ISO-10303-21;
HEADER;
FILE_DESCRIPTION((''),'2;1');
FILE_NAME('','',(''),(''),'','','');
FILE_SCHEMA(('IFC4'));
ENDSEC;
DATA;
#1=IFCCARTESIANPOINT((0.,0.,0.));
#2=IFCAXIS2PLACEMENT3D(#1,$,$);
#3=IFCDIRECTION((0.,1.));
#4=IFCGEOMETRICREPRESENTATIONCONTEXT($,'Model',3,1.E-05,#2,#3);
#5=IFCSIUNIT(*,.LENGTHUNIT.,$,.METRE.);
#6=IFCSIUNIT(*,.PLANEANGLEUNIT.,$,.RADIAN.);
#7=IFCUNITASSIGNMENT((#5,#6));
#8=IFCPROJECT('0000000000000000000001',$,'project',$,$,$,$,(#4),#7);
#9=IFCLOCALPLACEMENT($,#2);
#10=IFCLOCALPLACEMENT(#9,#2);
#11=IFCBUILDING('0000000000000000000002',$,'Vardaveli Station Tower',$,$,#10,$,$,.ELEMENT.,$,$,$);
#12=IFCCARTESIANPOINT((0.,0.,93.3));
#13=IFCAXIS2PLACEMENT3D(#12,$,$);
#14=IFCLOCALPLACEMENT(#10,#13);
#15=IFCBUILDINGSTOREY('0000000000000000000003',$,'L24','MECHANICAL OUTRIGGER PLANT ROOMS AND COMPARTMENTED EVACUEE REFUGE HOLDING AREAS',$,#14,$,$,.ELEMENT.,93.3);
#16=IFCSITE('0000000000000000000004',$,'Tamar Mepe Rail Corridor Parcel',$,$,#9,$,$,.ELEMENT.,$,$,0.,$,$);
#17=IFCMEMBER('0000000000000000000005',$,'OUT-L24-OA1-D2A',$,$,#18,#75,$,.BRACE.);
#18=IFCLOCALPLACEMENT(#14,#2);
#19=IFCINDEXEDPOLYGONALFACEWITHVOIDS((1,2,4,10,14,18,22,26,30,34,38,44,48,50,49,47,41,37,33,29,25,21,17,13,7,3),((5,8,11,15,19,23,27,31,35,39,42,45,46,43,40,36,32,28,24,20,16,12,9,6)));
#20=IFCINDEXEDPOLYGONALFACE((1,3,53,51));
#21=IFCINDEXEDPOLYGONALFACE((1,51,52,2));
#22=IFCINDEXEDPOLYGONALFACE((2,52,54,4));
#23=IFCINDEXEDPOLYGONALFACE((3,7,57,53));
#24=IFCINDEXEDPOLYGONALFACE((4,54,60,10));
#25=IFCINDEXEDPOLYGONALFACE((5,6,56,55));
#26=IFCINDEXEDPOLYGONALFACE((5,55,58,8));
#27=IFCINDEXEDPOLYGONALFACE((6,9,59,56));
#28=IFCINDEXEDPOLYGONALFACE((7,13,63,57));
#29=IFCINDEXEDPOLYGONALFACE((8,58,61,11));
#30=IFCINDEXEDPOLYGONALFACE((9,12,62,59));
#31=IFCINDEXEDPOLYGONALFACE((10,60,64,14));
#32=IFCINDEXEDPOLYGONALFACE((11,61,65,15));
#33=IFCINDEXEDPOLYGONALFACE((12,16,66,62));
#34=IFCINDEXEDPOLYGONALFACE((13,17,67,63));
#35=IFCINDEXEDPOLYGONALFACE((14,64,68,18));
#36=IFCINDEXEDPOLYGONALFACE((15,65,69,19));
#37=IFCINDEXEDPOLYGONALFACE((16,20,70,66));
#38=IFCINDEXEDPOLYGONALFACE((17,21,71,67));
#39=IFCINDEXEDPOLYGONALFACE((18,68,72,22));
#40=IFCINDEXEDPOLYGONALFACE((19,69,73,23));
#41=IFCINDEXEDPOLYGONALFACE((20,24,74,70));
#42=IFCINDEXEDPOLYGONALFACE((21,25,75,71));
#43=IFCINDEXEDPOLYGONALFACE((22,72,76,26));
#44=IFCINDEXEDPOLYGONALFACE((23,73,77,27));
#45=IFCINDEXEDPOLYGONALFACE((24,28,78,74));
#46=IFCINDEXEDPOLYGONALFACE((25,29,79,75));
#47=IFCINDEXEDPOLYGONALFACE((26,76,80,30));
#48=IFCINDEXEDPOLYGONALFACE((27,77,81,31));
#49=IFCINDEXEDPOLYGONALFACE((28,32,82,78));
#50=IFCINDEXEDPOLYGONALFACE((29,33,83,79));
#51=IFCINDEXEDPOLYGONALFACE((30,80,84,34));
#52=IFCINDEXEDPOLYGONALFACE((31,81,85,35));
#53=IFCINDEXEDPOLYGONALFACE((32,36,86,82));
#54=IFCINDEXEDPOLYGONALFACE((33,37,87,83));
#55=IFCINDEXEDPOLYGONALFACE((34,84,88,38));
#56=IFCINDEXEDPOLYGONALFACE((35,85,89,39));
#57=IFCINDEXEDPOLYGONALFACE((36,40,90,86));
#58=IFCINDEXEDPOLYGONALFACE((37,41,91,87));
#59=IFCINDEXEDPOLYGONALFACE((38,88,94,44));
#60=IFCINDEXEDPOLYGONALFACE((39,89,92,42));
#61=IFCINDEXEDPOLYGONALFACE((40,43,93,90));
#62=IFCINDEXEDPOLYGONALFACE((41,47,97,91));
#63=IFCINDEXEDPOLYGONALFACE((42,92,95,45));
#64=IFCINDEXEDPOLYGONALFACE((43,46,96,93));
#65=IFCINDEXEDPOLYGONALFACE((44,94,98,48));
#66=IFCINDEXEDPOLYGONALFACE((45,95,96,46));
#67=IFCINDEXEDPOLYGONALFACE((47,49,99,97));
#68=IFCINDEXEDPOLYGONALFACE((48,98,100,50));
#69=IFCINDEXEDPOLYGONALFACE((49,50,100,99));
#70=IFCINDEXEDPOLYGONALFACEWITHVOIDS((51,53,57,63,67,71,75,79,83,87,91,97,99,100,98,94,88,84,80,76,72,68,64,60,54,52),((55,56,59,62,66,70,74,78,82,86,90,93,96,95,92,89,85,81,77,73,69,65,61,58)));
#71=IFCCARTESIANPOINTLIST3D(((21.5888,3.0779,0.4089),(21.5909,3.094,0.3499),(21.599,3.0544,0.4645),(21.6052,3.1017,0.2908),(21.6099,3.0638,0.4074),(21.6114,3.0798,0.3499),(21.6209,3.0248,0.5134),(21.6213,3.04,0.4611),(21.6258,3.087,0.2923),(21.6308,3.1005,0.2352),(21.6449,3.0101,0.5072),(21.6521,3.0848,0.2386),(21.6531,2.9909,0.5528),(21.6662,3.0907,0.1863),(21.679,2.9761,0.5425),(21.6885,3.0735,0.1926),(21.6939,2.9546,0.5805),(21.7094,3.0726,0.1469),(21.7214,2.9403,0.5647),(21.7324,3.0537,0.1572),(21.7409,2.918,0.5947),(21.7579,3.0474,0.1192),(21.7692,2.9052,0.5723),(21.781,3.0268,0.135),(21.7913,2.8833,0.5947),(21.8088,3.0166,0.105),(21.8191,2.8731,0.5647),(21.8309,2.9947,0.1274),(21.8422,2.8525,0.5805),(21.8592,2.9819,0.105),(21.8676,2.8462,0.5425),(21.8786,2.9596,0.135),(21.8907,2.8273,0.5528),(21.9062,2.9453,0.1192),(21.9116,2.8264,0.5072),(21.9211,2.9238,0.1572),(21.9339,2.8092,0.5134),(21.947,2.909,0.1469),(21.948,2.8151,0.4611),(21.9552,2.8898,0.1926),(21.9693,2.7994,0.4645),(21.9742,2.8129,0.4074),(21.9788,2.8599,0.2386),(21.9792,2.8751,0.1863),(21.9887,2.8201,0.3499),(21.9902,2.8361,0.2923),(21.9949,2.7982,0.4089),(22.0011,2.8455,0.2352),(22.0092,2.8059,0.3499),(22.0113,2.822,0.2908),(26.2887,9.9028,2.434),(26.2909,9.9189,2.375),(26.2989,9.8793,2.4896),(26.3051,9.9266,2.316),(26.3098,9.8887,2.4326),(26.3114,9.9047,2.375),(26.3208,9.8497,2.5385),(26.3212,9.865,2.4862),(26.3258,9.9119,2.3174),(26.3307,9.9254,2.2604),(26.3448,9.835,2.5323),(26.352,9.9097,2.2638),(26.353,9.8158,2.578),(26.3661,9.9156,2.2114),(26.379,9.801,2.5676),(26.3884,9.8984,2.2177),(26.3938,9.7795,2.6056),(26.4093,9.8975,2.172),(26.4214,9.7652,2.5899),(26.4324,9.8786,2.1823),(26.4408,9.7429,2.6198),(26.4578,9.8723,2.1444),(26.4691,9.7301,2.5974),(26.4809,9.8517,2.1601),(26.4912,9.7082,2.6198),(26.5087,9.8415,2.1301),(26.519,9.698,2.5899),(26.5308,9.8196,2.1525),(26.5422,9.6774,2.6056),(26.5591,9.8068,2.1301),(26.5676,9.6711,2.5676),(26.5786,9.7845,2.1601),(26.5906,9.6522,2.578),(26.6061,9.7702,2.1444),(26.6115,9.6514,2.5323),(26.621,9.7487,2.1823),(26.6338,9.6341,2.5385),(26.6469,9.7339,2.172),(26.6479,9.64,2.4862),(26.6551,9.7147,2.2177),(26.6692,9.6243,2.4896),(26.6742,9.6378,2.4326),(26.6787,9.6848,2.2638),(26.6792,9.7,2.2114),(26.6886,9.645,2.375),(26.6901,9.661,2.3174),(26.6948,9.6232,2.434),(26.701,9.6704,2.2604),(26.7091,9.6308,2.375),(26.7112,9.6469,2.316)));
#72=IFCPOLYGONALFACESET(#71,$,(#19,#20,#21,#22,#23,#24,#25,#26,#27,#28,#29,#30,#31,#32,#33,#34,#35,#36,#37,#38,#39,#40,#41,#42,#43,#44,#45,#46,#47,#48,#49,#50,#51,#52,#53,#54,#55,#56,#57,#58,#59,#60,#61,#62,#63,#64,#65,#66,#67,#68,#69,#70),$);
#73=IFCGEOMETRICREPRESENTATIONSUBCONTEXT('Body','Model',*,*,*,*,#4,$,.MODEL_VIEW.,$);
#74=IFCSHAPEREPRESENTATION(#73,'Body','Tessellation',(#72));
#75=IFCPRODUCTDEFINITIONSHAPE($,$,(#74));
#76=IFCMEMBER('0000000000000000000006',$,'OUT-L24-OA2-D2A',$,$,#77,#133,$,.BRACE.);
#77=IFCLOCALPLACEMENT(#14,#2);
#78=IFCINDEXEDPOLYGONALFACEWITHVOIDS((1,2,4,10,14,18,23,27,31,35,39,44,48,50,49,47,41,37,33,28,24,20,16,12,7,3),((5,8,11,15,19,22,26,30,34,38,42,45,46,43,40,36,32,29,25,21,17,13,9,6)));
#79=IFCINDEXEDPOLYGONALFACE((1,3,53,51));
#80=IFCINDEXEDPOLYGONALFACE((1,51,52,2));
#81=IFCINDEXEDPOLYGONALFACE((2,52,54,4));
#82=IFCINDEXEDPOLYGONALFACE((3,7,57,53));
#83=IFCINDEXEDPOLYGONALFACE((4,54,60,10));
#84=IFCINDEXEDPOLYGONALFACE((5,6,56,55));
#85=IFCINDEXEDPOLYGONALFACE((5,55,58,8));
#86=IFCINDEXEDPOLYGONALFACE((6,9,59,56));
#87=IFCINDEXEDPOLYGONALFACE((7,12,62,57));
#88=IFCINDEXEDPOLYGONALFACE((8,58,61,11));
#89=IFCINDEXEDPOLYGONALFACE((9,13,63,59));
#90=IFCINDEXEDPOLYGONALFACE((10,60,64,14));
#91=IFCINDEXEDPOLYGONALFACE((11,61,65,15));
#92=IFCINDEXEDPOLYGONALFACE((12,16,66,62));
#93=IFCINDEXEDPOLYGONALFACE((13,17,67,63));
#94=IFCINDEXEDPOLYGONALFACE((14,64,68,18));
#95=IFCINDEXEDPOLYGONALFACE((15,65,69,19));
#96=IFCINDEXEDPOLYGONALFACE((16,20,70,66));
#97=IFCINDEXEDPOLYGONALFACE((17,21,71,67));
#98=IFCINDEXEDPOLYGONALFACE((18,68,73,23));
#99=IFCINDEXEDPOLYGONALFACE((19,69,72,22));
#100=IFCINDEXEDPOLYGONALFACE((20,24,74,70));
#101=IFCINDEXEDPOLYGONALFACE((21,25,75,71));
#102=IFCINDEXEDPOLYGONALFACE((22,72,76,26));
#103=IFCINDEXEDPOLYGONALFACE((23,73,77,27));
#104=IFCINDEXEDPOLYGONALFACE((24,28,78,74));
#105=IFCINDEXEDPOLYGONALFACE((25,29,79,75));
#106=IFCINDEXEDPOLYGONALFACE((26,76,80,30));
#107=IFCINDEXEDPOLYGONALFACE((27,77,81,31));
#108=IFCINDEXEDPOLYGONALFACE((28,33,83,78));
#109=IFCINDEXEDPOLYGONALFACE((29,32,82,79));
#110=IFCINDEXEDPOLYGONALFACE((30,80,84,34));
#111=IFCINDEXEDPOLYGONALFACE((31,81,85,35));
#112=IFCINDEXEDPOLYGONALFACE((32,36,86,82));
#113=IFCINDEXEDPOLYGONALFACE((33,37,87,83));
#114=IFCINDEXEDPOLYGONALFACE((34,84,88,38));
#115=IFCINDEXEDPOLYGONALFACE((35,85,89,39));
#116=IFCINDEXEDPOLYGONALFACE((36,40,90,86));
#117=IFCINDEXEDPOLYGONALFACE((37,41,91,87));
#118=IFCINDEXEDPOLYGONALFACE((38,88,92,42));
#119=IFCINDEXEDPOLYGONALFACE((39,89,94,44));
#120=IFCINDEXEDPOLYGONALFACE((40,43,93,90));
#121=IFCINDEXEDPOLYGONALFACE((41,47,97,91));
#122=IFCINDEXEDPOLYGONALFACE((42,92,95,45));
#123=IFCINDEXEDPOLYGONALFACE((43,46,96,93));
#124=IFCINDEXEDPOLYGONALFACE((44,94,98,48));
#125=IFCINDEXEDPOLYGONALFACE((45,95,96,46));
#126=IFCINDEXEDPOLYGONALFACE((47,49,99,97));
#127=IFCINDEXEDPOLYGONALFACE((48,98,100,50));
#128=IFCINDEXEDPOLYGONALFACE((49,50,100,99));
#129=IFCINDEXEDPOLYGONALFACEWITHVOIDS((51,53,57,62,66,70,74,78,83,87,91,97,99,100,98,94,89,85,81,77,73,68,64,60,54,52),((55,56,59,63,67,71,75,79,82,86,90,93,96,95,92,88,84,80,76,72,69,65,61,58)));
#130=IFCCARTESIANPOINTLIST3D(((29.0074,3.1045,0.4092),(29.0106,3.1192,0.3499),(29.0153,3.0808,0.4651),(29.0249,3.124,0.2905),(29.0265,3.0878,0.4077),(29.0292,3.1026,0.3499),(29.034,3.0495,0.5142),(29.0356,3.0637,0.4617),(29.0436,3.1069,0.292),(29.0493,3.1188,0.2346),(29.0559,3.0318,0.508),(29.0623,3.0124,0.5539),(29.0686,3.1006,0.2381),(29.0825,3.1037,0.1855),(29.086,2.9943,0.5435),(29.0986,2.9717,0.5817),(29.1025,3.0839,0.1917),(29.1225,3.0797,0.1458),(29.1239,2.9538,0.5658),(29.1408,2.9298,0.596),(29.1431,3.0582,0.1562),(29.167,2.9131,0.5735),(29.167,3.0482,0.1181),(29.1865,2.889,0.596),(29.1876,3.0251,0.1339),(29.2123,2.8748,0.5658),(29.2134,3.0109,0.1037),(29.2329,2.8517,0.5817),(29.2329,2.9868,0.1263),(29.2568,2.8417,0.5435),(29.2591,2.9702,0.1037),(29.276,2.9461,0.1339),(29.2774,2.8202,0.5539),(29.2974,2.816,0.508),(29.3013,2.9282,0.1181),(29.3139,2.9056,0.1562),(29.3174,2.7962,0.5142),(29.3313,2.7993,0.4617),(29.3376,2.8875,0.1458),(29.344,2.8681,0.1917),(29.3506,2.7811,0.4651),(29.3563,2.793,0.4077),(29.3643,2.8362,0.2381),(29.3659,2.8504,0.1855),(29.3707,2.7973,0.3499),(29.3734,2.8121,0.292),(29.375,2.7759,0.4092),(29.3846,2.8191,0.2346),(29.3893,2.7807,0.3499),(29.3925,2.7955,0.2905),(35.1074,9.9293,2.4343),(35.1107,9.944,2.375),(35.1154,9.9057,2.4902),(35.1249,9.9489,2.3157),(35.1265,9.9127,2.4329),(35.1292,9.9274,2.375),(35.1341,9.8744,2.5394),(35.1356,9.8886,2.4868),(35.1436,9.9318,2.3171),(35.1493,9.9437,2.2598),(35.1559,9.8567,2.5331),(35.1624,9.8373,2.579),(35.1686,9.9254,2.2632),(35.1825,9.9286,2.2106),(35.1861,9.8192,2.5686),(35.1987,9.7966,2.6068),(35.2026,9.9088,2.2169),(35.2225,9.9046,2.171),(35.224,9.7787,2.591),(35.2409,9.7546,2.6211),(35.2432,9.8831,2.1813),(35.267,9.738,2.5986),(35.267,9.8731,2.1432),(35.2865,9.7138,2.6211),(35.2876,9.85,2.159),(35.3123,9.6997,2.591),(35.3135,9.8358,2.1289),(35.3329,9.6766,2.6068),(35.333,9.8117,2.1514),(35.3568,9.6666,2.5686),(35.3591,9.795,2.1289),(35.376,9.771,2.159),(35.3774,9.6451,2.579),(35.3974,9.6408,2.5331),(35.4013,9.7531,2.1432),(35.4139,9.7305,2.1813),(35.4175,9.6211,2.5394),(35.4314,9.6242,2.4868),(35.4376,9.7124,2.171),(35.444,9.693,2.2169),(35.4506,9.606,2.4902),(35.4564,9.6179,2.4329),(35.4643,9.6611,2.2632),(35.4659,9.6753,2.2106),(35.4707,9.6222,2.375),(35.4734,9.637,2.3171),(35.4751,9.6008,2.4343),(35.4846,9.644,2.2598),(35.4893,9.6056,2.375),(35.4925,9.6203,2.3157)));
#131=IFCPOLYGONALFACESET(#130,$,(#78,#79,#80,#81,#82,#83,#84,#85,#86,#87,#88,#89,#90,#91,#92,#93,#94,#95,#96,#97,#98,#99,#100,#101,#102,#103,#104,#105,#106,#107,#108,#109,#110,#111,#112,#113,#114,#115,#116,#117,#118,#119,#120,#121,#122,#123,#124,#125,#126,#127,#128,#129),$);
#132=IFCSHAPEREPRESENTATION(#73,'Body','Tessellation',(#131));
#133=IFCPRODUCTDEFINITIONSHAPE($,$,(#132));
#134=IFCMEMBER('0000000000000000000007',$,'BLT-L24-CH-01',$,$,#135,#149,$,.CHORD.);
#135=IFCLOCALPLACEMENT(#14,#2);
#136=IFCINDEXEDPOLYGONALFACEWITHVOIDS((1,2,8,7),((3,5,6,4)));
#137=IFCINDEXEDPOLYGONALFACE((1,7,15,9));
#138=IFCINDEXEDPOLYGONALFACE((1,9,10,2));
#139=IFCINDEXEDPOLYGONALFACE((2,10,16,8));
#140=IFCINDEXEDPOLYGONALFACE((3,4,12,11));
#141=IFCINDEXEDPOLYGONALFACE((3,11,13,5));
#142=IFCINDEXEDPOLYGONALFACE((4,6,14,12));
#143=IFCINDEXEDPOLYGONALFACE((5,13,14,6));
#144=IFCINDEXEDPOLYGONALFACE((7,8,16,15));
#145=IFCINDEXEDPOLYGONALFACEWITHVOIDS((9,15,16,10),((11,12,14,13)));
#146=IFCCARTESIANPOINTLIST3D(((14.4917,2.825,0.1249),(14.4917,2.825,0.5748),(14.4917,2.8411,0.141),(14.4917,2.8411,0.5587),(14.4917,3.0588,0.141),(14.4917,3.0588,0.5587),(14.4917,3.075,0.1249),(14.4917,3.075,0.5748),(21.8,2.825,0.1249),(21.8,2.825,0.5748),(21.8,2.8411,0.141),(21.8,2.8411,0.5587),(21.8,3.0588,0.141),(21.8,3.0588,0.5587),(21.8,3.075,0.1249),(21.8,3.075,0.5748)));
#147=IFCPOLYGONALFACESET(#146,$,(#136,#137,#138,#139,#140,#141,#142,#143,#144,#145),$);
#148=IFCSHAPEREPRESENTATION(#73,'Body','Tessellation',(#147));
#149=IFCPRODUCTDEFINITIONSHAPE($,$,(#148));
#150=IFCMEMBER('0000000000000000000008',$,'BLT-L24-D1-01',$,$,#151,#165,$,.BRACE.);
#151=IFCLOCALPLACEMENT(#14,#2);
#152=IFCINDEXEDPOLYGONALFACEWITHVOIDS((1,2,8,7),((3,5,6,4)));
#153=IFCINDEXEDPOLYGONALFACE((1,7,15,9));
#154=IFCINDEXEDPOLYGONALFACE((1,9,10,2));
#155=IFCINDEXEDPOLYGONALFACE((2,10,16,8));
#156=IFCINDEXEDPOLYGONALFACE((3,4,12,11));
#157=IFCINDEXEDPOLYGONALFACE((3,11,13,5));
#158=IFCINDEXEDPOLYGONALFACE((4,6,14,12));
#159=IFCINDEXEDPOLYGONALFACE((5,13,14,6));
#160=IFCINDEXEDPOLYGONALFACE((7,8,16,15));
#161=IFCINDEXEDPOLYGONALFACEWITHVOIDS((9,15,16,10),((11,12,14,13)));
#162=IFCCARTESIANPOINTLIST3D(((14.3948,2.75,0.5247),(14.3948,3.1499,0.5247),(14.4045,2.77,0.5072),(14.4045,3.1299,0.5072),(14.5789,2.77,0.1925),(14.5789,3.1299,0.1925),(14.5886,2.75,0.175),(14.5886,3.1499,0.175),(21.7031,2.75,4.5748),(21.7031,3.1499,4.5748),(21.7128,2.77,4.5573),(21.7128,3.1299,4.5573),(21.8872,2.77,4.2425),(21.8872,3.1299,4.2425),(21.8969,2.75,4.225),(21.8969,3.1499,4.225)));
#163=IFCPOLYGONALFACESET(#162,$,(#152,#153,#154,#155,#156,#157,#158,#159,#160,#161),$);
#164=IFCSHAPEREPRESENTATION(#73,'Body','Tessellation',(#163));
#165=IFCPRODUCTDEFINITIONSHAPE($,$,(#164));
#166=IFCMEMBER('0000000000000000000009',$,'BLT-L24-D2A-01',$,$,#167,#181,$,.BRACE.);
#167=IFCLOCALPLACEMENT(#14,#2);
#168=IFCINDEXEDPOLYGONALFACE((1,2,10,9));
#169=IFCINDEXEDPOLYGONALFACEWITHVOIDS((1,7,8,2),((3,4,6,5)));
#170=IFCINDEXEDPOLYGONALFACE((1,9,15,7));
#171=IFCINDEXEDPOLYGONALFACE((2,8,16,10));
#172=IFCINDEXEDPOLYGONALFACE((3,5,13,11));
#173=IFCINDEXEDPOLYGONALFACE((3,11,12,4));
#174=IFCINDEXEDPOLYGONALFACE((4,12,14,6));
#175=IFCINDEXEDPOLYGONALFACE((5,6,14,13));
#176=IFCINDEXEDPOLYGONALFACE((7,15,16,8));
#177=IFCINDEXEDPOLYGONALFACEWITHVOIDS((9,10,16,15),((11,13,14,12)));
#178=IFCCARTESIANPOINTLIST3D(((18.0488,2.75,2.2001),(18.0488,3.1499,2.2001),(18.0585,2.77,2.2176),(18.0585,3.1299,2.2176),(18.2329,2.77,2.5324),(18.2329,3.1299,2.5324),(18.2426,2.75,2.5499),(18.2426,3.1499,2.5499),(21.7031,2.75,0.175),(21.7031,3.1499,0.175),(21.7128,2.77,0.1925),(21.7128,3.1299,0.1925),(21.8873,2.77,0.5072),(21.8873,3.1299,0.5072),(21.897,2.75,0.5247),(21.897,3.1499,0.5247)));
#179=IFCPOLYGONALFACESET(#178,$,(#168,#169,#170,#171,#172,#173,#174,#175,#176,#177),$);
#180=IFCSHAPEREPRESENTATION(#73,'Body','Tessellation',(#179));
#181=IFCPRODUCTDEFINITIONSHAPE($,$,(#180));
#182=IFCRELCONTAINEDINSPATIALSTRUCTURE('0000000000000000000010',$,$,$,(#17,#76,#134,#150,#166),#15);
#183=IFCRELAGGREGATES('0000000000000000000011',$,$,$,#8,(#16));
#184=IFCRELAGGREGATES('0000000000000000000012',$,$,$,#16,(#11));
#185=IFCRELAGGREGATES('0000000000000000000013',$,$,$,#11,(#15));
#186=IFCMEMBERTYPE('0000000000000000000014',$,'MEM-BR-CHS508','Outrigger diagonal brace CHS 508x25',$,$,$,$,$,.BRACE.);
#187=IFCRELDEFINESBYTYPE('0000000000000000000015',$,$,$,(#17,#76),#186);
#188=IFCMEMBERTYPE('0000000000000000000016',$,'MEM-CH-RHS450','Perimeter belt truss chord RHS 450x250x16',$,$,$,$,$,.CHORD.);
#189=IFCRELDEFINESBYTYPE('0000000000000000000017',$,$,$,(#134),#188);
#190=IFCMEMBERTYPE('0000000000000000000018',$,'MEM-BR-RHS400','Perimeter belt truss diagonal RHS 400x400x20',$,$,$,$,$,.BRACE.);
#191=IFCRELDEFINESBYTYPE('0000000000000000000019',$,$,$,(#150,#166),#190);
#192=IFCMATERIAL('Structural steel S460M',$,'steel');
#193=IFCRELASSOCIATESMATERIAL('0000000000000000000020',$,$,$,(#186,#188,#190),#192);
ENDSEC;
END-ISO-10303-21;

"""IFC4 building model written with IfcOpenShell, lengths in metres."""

from ifc_helpers import new_model, si_unit, direction, frame, origin, origin_2d, place, context, subcontext, project, spatial, hollow_rectangle, hollow_circle, extrude, source, transform, mapped, material, material_profile, profile_set, type_object, element, save


model = new_model("IFC4")

# Units and contexts
model_context = context("Model", 3, precision=1e-05, world=origin(), true_north=direction((0.0, 1.0)))
body_context = subcontext(model_context, "Body", "Model", "MODEL_VIEW")
ifc_project = project(units=[si_unit("LENGTHUNIT", "METRE"), si_unit("PLANEANGLEUNIT", "RADIAN")], contexts=[model_context])

# Site, building, storey
site_placement = place(None, origin())
site = spatial("IfcSite", under=ifc_project, at=site_placement, Name="Tamar Mepe Rail Corridor Parcel", CompositionType="ELEMENT", RefElevation=0.0)
building_placement = place(site_placement, origin())
building = spatial("IfcBuilding", under=site, at=building_placement, Name="Vardaveli Station Tower", CompositionType="ELEMENT")
storey_placement = place(building_placement, frame((0.0, 0.0, 93.3)))
storey = spatial("IfcBuildingStorey", under=building, at=storey_placement, Name="L24", Description="MECHANICAL OUTRIGGER PLANT ROOMS AND COMPARTMENTED EVACUEE REFUGE HOLDING AREAS", CompositionType="ELEMENT", Elevation=93.3)

# Shared definitions
ifc_material_1 = material(Name="Structural steel S460M", Category="steel")

# Members
ifc_material_profile_1 = material_profile(ifc_material_1, hollow_circle(Radius=0.2539, WallThickness=0.0249, at=origin_2d()), Name="CHS 508x25")
ifc_profile_set_1 = profile_set([ifc_material_profile_1], Name="Structural steel S460M")
member_type_1 = type_object("IfcMemberType", Name="MEM-BR-CHS508", Description="Outrigger diagonal brace CHS 508x25", PredefinedType="BRACE", material=ifc_profile_set_1)
shared_shape_1 = source(origin(), body_context, "Body", "SweptSolid", [
    extrude(hollow_circle(Radius=0.2539, WallThickness=0.0249, at=origin_2d()), origin(), (0.0, 0.0, 1.0), 8.5305),
])
member_1_placement = place(storey_placement, frame((21.8, 2.95, 0.3499), z_axis=(0.550954, 0.800058, 0.237399), x_axis=(-0.823602, 0.567168, 0.0)))
element("IfcMember", 1, at=member_1_placement, inside=storey, type_object=member_type_1, Name="OUT-L24-OA1-D2A", PredefinedType="BRACE", context=body_context, shape_type="MappedRepresentation", body=[
    mapped(shared_shape_1, transform((0.0, 0.0, 0.0), scale=1.0)),
])
shared_shape_2 = source(origin(), body_context, "Body", "SweptSolid", [
    extrude(hollow_circle(Radius=0.2539, WallThickness=0.0249, at=origin_2d()), origin(), (0.0, 0.0, 1.0), 9.375),
])
member_2_placement = place(storey_placement, frame((29.2, 2.95, 0.3499), z_axis=(0.650671, 0.727988, 0.216013), x_axis=(-0.745591, 0.666404, 0.0)))
element("IfcMember", 2, at=member_2_placement, inside=storey, type_object=member_type_1, Name="OUT-L24-OA2-D2A", PredefinedType="BRACE", context=body_context, shape_type="MappedRepresentation", body=[
    mapped(shared_shape_2, transform((0.0, 0.0, 0.0), scale=1.0)),
])
ifc_material_profile_2 = material_profile(ifc_material_1, hollow_rectangle(XDim=0.25, YDim=0.45, WallThickness=0.0161, at=origin_2d()), Name="RHS 450x250x16")
ifc_profile_set_2 = profile_set([ifc_material_profile_2], Name="Structural steel S460M")
member_type_2 = type_object("IfcMemberType", Name="MEM-CH-RHS450", Description="Perimeter belt truss chord RHS 450x250x16", PredefinedType="CHORD", material=ifc_profile_set_2)
shared_shape_3 = source(origin(), body_context, "Body", "SweptSolid", [
    extrude(hollow_rectangle(XDim=0.25, YDim=0.45, WallThickness=0.0161, at=origin_2d()), origin(), (0.0, 0.0, 1.0), 7.3083),
])
member_3_placement = place(storey_placement, frame((14.4917, 2.95, 0.3499), z_axis=(1.0, 0.0, 0.0), x_axis=(0.0, 1.0, 0.0)))
element("IfcMember", 3, at=member_3_placement, inside=storey, type_object=member_type_2, Name="BLT-L24-CH-01", PredefinedType="CHORD", context=body_context, shape_type="MappedRepresentation", body=[
    mapped(shared_shape_3, transform((0.0, 0.0, 0.0), scale=1.0)),
])
ifc_material_profile_3 = material_profile(ifc_material_1, hollow_rectangle(XDim=0.3999, YDim=0.3999, WallThickness=0.02, at=origin_2d()), Name="RHS 400x400x20")
ifc_profile_set_3 = profile_set([ifc_material_profile_3], Name="Structural steel S460M")
member_type_3 = type_object("IfcMemberType", Name="MEM-BR-RHS400", Description="Perimeter belt truss diagonal RHS 400x400x20", PredefinedType="BRACE", material=ifc_profile_set_3)
shared_shape_4 = source(origin(), body_context, "Body", "SweptSolid", [
    extrude(hollow_rectangle(XDim=0.3999, YDim=0.3999, WallThickness=0.02, at=origin_2d()), origin(), (0.0, 0.0, 1.0), 8.3555),
])
member_4_placement = place(storey_placement, frame((14.4917, 2.95, 0.3499), z_axis=(0.874672, 0.0, 0.484715), x_axis=(0.0, 1.0, 0.0)))
element("IfcMember", 4, at=member_4_placement, inside=storey, type_object=member_type_3, Name="BLT-L24-D1-01", PredefinedType="BRACE", context=body_context, shape_type="MappedRepresentation", body=[
    mapped(shared_shape_4, transform((0.0, 0.0, 0.0), scale=1.0)),
])
shared_shape_5 = source(origin(), body_context, "Body", "SweptSolid", [
    extrude(hollow_rectangle(XDim=0.3999, YDim=0.3999, WallThickness=0.02, at=origin_2d()), origin(), (0.0, 0.0, 1.0), 4.178),
])
member_5_placement = place(storey_placement, frame((21.8, 2.95, 0.3499), z_axis=(-0.874667, 0.0, 0.484725), x_axis=(0.0, -1.0, 0.0)))
element("IfcMember", 5, at=member_5_placement, inside=storey, type_object=member_type_3, Name="BLT-L24-D2A-01", PredefinedType="BRACE", context=body_context, shape_type="MappedRepresentation", body=[
    mapped(shared_shape_5, transform((0.0, 0.0, 0.0), scale=1.0)),
])

save(model, "model.ifc")
